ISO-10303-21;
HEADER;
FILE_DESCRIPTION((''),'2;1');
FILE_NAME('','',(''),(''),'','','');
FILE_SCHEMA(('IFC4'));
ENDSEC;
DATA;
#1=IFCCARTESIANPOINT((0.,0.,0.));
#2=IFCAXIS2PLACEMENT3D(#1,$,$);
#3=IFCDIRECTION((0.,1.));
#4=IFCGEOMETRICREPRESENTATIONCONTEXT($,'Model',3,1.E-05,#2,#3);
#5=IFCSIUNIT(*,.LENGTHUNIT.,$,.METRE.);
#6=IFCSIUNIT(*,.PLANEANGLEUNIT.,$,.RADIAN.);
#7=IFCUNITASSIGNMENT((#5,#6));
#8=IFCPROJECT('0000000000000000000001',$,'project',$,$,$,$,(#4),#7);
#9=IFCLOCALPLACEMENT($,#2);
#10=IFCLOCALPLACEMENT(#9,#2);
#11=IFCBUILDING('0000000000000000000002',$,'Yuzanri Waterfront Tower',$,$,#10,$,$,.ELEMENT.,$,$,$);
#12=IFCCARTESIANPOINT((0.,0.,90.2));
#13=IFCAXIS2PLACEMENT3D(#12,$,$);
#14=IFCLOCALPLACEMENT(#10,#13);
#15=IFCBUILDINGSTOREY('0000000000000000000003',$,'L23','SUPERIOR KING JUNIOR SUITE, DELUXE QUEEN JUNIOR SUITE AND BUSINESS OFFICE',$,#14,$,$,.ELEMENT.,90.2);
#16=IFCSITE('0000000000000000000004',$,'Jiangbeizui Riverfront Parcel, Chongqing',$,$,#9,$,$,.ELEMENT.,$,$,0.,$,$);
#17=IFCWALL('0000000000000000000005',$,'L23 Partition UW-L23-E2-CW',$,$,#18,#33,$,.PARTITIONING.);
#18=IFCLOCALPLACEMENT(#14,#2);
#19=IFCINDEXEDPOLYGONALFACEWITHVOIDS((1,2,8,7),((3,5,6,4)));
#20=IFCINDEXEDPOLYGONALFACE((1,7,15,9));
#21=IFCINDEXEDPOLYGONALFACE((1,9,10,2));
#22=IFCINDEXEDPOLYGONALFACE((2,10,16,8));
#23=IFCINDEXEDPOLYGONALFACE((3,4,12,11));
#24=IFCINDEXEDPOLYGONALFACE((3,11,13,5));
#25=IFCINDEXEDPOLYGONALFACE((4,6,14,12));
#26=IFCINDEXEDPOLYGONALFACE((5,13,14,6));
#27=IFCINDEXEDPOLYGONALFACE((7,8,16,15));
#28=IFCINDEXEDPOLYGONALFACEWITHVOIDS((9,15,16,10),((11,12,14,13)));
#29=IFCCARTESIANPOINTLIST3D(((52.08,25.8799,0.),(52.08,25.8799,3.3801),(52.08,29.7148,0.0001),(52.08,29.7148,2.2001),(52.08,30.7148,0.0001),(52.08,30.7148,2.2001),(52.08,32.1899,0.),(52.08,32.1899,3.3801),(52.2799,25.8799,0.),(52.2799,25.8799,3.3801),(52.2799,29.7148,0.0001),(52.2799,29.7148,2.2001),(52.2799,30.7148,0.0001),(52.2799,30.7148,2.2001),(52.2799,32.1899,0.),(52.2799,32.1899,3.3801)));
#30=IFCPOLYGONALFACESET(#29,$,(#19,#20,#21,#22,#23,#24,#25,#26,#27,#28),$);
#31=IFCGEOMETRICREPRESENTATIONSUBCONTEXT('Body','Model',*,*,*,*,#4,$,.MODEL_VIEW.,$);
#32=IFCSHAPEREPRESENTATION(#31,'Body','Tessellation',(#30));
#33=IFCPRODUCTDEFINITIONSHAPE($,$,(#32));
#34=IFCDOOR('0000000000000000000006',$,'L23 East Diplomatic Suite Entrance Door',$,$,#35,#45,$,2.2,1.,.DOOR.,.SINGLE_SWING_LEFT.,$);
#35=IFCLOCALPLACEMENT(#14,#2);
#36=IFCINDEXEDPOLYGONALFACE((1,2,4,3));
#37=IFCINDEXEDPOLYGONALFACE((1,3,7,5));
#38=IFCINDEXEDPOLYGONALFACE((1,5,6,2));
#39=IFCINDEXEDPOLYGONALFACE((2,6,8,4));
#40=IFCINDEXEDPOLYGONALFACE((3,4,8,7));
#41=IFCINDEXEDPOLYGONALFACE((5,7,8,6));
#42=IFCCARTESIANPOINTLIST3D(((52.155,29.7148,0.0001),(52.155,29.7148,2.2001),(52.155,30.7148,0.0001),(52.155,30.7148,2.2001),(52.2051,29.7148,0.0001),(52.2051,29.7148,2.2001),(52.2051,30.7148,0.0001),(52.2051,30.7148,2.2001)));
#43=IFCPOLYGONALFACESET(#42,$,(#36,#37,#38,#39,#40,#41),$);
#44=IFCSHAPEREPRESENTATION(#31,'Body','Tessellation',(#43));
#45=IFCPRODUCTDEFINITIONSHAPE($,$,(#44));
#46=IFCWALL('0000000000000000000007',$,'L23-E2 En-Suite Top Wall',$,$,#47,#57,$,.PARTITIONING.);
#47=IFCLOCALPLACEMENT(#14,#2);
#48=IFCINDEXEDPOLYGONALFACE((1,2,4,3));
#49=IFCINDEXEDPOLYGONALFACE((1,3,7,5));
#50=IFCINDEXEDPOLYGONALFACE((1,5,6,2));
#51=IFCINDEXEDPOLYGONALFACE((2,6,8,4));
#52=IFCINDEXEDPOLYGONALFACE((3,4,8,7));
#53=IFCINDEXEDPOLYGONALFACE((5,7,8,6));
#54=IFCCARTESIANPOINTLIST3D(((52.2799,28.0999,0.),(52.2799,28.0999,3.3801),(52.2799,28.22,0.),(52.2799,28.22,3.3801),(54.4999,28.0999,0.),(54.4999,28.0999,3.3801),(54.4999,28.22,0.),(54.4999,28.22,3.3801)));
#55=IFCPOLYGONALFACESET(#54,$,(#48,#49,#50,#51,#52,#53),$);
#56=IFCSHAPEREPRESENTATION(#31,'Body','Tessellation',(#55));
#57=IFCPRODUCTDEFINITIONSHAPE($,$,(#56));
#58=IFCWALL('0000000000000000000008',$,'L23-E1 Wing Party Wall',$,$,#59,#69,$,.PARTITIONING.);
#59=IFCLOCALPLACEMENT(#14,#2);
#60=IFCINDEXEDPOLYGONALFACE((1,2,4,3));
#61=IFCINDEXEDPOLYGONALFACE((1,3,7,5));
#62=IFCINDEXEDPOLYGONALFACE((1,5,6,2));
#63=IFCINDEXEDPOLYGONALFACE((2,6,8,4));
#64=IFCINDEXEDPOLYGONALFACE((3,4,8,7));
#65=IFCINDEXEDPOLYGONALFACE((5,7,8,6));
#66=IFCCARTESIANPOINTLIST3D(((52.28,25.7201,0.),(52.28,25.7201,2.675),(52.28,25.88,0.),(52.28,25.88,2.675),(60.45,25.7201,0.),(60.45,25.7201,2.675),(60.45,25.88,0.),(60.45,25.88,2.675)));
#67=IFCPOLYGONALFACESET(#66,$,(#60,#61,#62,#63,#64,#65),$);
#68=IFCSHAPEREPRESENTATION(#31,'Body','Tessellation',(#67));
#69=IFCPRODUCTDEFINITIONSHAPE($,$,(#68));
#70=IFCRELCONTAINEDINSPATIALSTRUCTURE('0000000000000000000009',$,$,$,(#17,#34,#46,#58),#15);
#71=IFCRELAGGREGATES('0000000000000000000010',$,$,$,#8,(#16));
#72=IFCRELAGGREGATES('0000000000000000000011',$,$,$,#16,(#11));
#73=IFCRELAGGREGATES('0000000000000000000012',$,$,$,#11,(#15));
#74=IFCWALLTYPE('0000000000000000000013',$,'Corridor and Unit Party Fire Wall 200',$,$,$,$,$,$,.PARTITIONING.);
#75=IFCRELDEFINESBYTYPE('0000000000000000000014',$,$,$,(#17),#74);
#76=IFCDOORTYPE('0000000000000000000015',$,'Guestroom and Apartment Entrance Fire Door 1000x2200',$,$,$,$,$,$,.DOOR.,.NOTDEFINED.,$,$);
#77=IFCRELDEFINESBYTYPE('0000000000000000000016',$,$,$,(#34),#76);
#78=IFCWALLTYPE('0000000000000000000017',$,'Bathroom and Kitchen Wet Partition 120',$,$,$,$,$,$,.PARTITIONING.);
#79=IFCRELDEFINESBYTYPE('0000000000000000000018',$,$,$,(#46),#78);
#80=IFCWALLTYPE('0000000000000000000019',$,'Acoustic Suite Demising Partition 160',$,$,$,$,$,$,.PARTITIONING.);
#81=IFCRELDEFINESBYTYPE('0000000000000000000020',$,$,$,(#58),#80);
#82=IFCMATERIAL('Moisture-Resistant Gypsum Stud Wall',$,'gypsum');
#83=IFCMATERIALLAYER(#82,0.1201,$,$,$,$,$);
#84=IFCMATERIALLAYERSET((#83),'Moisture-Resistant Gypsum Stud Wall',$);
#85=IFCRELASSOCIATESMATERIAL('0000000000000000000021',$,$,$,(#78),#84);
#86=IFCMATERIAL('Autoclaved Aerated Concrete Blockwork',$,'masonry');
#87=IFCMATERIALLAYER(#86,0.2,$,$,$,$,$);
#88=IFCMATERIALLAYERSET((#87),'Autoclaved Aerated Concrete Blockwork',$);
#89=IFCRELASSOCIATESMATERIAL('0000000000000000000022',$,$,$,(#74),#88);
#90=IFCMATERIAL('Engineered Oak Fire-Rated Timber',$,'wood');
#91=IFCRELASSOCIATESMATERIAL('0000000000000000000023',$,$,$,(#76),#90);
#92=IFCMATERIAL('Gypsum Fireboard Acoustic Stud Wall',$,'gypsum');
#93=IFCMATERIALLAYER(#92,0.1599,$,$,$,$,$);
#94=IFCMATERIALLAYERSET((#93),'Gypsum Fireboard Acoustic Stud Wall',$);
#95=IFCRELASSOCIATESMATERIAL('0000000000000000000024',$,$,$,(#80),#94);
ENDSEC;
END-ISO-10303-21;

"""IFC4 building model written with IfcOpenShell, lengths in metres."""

from ifc_helpers import new_model, si_unit, direction, frame, frame_2d, origin, place, context, subcontext, project, spatial, rectangle, extrude, source, transform, mapped, material, layer, layer_set, type_object, element, fill, save


model = new_model("IFC4")

# Units and contexts
model_context = context("Model", 3, precision=1e-05, world=origin(), true_north=direction((0.0, 1.0)))
body_context = subcontext(model_context, "Body", "Model", "MODEL_VIEW")
ifc_project = project(units=[si_unit("LENGTHUNIT", "METRE"), si_unit("PLANEANGLEUNIT", "RADIAN")], contexts=[model_context])

# Site, building, storey
site_placement = place(None, origin())
site = spatial("IfcSite", under=ifc_project, at=site_placement, Name="Jiangbeizui Riverfront Parcel, Chongqing", CompositionType="ELEMENT", RefElevation=0.0)
building_placement = place(site_placement, origin())
building = spatial("IfcBuilding", under=site, at=building_placement, Name="Yuzanri Waterfront Tower", CompositionType="ELEMENT")
storey_placement = place(building_placement, frame((0.0, 0.0, 90.2)))
storey = spatial("IfcBuildingStorey", under=building, at=storey_placement, Name="L23", Description="SUPERIOR KING JUNIOR SUITE, DELUXE QUEEN JUNIOR SUITE AND BUSINESS OFFICE", CompositionType="ELEMENT", Elevation=90.2)

# Wall, opening, door
ifc_material_1 = material(Name="Moisture-Resistant Gypsum Stud Wall", Category="gypsum")
ifc_layer_1 = layer(ifc_material_1, 0.1201)
ifc_layer_set_1 = layer_set([ifc_layer_1], Name="Moisture-Resistant Gypsum Stud Wall")
wall_type_1 = type_object("IfcWallType", Name="Bathroom and Kitchen Wet Partition 120", PredefinedType="PARTITIONING", material=ifc_layer_set_1)
ifc_material_2 = material(Name="Autoclaved Aerated Concrete Blockwork", Category="masonry")
ifc_layer_2 = layer(ifc_material_2, 0.2)
ifc_layer_set_2 = layer_set([ifc_layer_2], Name="Autoclaved Aerated Concrete Blockwork")
wall_type_2 = type_object("IfcWallType", Name="Corridor and Unit Party Fire Wall 200", PredefinedType="PARTITIONING", material=ifc_layer_set_2)
wall_1_placement = place(storey_placement, frame((52.1799, 25.8799, 0.0), z_axis=(0.0, 0.0, 1.0), x_axis=(0.0, 1.0, 0.0)))
wall_1 = element("IfcWall", 1, at=wall_1_placement, inside=storey, type_object=wall_type_2, Name="L23 Partition UW-L23-E2-CW", PredefinedType="PARTITIONING", context=body_context, shape_type="SweptSolid", body=[
    extrude(rectangle(XDim=6.3101, YDim=0.2, at=frame_2d((3.155, 0.0))), origin(), (0.0, 0.0, 1.0), 3.3801),
])
opening_1_placement = place(wall_1_placement, frame((3.835, 0.0, 0.0)))
opening_1 = element("IfcOpeningElement", 2, at=opening_1_placement, cuts=wall_1, PredefinedType="OPENING", context=body_context, shape_type="SweptSolid", body=[
    extrude(rectangle(XDim=1.0, YDim=2.2, at=frame_2d((0.5, 1.1001))), frame((0.0, 0.1147, 0.0), z_axis=(0.0, -1.0, 0.0), x_axis=(1.0, 0.0, 0.0)), (0.0, 0.0, 1.0), 0.2297),
])
ifc_material_3 = material(Name="Engineered Oak Fire-Rated Timber", Category="wood")
door_type_1 = type_object("IfcDoorType", Name="Guestroom and Apartment Entrance Fire Door 1000x2200", OperationType="NOTDEFINED", PredefinedType="DOOR", material=ifc_material_3)
shared_shape_1 = source(origin(), body_context, "Body", "SweptSolid", [
    extrude(rectangle(XDim=1.0, YDim=2.2, at=frame_2d((0.5, 1.1001))), frame((0.0, 0.0249, 0.0), z_axis=(0.0, -1.0, 0.0), x_axis=(1.0, 0.0, 0.0)), (0.0, 0.0, 1.0), 0.05),
])
door_1_placement = place(opening_1_placement, origin())
door_1 = element("IfcDoor", 3, at=door_1_placement, inside=storey, type_object=door_type_1, Name="L23 East Diplomatic Suite Entrance Door", OperationType="SINGLE_SWING_LEFT", OverallHeight=2.2, OverallWidth=1.0, PredefinedType="DOOR", context=body_context, shape_type="MappedRepresentation", body=[
    mapped(shared_shape_1, transform((0.0, 0.0, 0.0), scale=1.0)),
])
fill(opening_1, door_1)

# Walls
shared_shape_2 = source(origin(), body_context, "Body", "SweptSolid", [
    extrude(rectangle(XDim=2.22, YDim=0.1201, at=frame_2d((1.1099, 0.0))), origin(), (0.0, 0.0, 1.0), 3.3801),
])
wall_2_placement = place(storey_placement, frame((52.28, 28.1599, 0.0), z_axis=(0.0, 0.0, 1.0), x_axis=(1.0, 0.0, 0.0)))
element("IfcWall", 4, at=wall_2_placement, inside=storey, type_object=wall_type_1, Name="L23-E2 En-Suite Top Wall", PredefinedType="PARTITIONING", context=body_context, shape_type="MappedRepresentation", body=[
    mapped(shared_shape_2, transform((0.0, 0.0, 0.0), scale=1.0)),
])
ifc_material_4 = material(Name="Gypsum Fireboard Acoustic Stud Wall", Category="gypsum")
ifc_layer_3 = layer(ifc_material_4, 0.1599)
ifc_layer_set_3 = layer_set([ifc_layer_3], Name="Gypsum Fireboard Acoustic Stud Wall")
wall_type_3 = type_object("IfcWallType", Name="Acoustic Suite Demising Partition 160", PredefinedType="PARTITIONING", material=ifc_layer_set_3)
shared_shape_3 = source(origin(), body_context, "Body", "SweptSolid", [
    extrude(rectangle(XDim=8.1699, YDim=0.1599, at=frame_2d((4.085, 0.0))), origin(), (0.0, 0.0, 1.0), 2.675),
])
wall_3_placement = place(storey_placement, frame((52.28, 25.8, 0.0), z_axis=(0.0, 0.0, 1.0), x_axis=(1.0, 0.0, 0.0)))
element("IfcWall", 5, at=wall_3_placement, inside=storey, type_object=wall_type_3, Name="L23-E1 Wing Party Wall", PredefinedType="PARTITIONING", context=body_context, shape_type="MappedRepresentation", body=[
    mapped(shared_shape_3, transform((0.0, 0.0, 0.0), scale=1.0)),
])

save(model, "model.ifc")
